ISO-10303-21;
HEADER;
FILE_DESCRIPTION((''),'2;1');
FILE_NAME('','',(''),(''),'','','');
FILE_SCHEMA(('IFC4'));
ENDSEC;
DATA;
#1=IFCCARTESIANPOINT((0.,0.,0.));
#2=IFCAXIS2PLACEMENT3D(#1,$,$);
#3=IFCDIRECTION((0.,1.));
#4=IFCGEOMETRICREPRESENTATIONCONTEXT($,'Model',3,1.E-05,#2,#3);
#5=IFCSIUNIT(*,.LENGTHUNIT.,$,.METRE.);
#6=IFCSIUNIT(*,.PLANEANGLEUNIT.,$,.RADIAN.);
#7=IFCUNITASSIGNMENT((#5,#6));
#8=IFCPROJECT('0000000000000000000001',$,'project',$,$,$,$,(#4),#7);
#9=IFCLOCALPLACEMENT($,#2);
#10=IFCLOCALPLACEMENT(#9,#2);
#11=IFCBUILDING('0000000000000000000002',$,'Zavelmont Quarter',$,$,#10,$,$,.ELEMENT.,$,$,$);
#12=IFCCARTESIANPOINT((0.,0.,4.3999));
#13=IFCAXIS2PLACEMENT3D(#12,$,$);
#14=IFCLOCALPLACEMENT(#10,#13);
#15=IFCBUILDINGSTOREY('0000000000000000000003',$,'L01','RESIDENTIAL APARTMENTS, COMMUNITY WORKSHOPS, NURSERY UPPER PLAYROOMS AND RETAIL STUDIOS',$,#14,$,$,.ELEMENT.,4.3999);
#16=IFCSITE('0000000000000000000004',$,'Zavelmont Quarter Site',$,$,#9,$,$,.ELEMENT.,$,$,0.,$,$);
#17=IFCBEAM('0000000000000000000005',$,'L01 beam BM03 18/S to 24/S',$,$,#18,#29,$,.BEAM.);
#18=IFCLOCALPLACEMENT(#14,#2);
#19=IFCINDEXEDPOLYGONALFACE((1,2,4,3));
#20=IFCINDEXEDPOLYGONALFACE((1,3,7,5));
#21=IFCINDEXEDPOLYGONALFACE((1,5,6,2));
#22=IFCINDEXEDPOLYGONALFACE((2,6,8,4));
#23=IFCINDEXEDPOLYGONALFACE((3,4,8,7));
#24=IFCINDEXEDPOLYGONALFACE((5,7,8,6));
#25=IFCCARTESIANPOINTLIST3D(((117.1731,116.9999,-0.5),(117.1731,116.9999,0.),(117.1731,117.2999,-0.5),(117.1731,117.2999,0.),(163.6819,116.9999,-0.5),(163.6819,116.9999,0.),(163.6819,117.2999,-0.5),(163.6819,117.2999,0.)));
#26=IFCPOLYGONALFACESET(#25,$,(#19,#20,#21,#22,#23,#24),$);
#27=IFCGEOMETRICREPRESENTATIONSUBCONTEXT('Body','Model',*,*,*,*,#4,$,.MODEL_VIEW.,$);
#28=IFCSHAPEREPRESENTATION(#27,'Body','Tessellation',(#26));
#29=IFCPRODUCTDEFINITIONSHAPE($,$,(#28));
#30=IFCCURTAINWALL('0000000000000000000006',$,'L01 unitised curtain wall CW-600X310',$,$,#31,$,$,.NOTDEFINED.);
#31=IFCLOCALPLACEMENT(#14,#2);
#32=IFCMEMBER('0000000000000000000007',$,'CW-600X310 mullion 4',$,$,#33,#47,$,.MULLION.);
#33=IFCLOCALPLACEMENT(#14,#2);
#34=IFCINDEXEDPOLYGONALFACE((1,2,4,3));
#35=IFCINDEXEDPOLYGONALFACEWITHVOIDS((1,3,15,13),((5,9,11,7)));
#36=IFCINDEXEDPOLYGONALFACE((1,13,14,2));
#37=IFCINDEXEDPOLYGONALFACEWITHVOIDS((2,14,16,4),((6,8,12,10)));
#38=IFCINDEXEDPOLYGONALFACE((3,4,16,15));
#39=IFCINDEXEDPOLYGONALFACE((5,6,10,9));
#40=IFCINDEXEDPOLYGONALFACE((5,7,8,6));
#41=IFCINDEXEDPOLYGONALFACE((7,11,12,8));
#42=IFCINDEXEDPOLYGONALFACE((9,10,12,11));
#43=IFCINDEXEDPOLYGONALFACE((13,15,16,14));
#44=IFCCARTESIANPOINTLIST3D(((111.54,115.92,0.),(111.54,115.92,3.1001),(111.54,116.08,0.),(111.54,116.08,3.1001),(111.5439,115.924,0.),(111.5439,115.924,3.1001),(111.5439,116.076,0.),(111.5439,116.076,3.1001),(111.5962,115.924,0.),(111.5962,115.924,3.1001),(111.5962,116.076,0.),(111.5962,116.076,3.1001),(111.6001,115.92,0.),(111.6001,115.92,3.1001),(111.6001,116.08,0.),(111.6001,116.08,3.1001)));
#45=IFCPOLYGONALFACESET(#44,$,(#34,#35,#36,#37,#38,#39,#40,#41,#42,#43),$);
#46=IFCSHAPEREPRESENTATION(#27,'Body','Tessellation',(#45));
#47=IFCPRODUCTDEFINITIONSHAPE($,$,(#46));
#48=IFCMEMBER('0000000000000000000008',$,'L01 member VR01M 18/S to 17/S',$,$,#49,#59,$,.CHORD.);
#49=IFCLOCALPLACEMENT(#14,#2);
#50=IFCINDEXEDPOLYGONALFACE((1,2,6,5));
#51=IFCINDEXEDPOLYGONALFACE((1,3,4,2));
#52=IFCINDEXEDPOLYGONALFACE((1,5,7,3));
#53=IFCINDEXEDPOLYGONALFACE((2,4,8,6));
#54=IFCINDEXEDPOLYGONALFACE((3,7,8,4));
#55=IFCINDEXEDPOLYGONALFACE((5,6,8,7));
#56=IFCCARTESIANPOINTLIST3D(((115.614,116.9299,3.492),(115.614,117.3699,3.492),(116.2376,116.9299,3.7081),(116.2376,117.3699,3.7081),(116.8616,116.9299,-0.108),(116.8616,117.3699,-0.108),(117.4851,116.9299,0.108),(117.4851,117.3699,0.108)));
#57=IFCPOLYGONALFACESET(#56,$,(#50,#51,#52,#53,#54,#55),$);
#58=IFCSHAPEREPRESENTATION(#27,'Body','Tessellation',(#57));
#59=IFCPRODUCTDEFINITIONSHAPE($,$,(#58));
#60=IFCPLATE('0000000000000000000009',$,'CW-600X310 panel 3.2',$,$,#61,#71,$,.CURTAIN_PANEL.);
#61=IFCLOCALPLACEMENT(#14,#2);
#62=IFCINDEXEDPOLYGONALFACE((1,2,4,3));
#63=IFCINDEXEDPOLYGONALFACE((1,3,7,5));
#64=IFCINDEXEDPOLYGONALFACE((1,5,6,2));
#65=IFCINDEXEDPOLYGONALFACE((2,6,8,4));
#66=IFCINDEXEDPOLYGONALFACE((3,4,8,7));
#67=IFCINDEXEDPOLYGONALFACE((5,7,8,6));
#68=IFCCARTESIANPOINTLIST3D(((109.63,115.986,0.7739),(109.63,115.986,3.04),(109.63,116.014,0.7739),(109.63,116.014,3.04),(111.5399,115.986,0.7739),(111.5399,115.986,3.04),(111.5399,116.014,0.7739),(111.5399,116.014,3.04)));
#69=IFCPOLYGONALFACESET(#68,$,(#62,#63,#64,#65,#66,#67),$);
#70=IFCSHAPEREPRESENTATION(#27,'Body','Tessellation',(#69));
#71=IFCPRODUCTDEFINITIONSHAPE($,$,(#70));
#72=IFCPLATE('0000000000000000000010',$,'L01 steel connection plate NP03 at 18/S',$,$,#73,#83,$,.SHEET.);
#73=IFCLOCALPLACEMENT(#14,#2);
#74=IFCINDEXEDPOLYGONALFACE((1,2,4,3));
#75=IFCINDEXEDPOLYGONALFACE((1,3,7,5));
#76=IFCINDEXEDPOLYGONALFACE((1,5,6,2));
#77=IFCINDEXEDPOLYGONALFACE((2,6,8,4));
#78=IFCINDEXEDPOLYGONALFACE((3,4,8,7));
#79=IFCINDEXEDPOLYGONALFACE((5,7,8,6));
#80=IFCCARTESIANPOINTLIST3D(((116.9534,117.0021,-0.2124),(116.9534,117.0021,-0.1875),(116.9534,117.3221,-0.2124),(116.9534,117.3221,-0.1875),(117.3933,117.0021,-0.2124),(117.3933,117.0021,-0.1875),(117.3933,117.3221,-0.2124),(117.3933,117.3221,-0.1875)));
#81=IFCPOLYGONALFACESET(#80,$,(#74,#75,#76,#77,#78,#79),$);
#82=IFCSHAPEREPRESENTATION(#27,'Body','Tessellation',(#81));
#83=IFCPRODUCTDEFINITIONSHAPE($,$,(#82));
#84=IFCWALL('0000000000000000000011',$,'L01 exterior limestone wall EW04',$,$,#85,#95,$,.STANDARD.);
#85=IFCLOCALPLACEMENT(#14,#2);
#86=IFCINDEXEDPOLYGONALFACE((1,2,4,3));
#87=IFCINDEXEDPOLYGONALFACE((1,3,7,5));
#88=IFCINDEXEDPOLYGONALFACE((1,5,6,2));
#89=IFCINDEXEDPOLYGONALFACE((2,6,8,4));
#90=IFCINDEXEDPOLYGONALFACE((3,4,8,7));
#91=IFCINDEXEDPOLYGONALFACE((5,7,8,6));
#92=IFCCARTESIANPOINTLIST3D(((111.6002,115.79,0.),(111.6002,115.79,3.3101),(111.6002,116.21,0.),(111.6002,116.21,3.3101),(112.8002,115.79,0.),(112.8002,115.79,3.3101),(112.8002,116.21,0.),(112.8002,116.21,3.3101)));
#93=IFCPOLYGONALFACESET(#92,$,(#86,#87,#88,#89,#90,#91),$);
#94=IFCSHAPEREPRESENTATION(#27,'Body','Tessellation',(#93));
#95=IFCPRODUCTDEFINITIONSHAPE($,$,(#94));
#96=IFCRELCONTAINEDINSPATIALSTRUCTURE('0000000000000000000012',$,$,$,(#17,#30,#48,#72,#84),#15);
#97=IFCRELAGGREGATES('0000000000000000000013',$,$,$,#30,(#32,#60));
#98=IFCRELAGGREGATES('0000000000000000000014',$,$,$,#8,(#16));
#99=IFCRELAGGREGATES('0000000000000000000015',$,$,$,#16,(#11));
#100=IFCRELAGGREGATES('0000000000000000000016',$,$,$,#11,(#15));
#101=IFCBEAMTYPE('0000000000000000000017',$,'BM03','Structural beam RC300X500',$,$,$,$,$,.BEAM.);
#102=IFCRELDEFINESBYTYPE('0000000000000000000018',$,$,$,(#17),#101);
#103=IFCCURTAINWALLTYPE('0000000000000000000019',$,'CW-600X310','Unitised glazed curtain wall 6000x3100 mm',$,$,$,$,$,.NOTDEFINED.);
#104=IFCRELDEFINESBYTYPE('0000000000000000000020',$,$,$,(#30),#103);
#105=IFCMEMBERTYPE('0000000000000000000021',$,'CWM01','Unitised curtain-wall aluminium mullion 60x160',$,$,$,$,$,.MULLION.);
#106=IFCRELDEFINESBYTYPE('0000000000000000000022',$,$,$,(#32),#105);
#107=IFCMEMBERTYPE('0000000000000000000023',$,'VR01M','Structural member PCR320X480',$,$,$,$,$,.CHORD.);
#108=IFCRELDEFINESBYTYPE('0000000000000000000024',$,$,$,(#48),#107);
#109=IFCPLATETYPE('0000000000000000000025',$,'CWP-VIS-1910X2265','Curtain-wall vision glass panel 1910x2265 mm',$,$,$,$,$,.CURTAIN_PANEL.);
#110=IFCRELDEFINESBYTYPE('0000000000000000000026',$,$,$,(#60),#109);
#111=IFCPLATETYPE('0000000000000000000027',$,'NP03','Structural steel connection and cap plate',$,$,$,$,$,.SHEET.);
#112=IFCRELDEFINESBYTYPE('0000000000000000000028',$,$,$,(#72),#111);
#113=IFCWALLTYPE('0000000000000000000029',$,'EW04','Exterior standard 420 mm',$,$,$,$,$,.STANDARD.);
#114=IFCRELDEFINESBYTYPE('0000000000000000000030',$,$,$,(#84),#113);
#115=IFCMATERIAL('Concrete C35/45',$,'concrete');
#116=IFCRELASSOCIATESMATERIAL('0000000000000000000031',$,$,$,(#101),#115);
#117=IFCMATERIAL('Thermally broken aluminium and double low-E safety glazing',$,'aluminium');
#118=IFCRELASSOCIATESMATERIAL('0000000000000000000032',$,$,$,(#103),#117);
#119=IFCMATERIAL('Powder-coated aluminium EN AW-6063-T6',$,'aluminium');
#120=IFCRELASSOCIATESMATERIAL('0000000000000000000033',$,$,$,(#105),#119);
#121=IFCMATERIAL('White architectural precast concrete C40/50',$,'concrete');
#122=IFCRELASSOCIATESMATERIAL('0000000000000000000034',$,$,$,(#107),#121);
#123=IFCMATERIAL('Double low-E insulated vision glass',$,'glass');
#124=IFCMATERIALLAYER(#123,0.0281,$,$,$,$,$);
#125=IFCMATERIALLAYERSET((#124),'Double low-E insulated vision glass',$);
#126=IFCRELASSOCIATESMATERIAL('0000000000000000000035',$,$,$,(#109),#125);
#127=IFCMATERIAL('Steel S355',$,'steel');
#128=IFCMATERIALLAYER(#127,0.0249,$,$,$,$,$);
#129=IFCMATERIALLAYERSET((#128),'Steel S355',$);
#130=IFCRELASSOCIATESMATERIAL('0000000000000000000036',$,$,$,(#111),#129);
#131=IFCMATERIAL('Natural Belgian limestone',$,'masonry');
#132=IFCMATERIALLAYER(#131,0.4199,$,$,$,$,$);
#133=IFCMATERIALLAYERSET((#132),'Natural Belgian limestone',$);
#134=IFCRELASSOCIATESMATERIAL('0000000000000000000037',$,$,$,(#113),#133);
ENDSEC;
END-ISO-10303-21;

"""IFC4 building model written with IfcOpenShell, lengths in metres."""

from ifc_helpers import new_model, si_unit, direction, frame, frame_2d, origin, origin_2d, place, context, subcontext, project, spatial, rectangle, hollow_rectangle, extrude, material, layer, layer_set, material_profile, profile_set, type_object, element, aggregate, save


model = new_model("IFC4")

# Units and contexts
model_context = context("Model", 3, precision=1e-05, world=origin(), true_north=direction((0.0, 1.0)))
body_context = subcontext(model_context, "Body", "Model", "MODEL_VIEW")
ifc_project = project(units=[si_unit("LENGTHUNIT", "METRE"), si_unit("PLANEANGLEUNIT", "RADIAN")], contexts=[model_context])

# Site, building, storey
site_placement = place(None, origin())
site = spatial("IfcSite", under=ifc_project, at=site_placement, Name="Zavelmont Quarter Site", CompositionType="ELEMENT", RefElevation=0.0)
building_placement = place(site_placement, origin())
building = spatial("IfcBuilding", under=site, at=building_placement, Name="Zavelmont Quarter", CompositionType="ELEMENT")
storey_placement = place(building_placement, frame((0.0, 0.0, 4.3999)))
storey = spatial("IfcBuildingStorey", under=building, at=storey_placement, Name="L01", Description="RESIDENTIAL APARTMENTS, COMMUNITY WORKSHOPS, NURSERY UPPER PLAYROOMS AND RETAIL STUDIOS", CompositionType="ELEMENT", Elevation=4.3999)

# Beam
ifc_material_1 = material(Name="Concrete C35/45", Category="concrete")
ifc_material_profile_1 = material_profile(ifc_material_1, rectangle(XDim=0.3, YDim=0.5, at=origin_2d()), Name="RC300X500")
ifc_profile_set_1 = profile_set([ifc_material_profile_1], Name="Concrete C35/45")
beam_type = type_object("IfcBeamType", Name="BM03", Description="Structural beam RC300X500", PredefinedType="BEAM", material=ifc_profile_set_1)
beam_placement = place(storey_placement, frame((117.1731, 117.1499, -0.25), z_axis=(1.0, 0.0, 0.0), x_axis=(0.0, 1.0, 0.0)))
element("IfcBeam", 1, at=beam_placement, inside=storey, type_object=beam_type, Name="L01 beam BM03 18/S to 24/S", PredefinedType="BEAM", context=body_context, shape_type="SweptSolid", body=[
    extrude(rectangle(XDim=0.3, YDim=0.5, at=origin_2d()), origin(), (0.0, 0.0, 1.0), 46.5088),
])

# Curtain wall, member
ifc_material_2 = material(Name="Thermally broken aluminium and double low-E safety glazing", Category="aluminium")
curtain_wall_type = type_object("IfcCurtainWallType", Name="CW-600X310", Description="Unitised glazed curtain wall 6000x3100 mm", PredefinedType="NOTDEFINED", material=ifc_material_2)
curtain_wall_placement = place(storey_placement, origin())
curtain_wall = element("IfcCurtainWall", 2, at=curtain_wall_placement, inside=storey, type_object=curtain_wall_type, Name="L01 unitised curtain wall CW-600X310", PredefinedType="NOTDEFINED")
ifc_material_3 = material(Name="Powder-coated aluminium EN AW-6063-T6", Category="aluminium")
ifc_material_profile_2 = material_profile(ifc_material_3, hollow_rectangle(XDim=0.0601, YDim=0.1599, WallThickness=0.0039, at=origin_2d()), Name="CWM60X160")
ifc_profile_set_2 = profile_set([ifc_material_profile_2], Name="Powder-coated aluminium EN AW-6063-T6")
member_type_1 = type_object("IfcMemberType", Name="CWM01", Description="Unitised curtain-wall aluminium mullion 60x160", PredefinedType="MULLION", material=ifc_profile_set_2)
member_1_placement = place(storey_placement, frame((111.5701, 116.0, 0.0), z_axis=(0.0, 0.0, 1.0), x_axis=(1.0, 0.0, 0.0)))
member_1 = element("IfcMember", 3, at=member_1_placement, type_object=member_type_1, Name="CW-600X310 mullion 4", PredefinedType="MULLION", context=body_context, shape_type="SweptSolid", body=[
    extrude(hollow_rectangle(XDim=0.0601, YDim=0.1599, WallThickness=0.0039, at=origin_2d()), origin(), (0.0, 0.0, 1.0), 3.1001),
])

# Member
ifc_material_4 = material(Name="White architectural precast concrete C40/50", Category="concrete")
ifc_material_profile_3 = material_profile(ifc_material_4, rectangle(XDim=0.4399, YDim=0.6599, at=origin_2d()), Name="PCR320X480")
ifc_profile_set_3 = profile_set([ifc_material_profile_3], Name="White architectural precast concrete C40/50")
member_type_2 = type_object("IfcMemberType", Name="VR01M", Description="Structural member PCR320X480", PredefinedType="CHORD", material=ifc_profile_set_3)
member_2_placement = place(storey_placement, frame((117.1733, 117.1499, 0.0), z_axis=(-0.327432, 0.0, 0.944875), x_axis=(0.0, -1.0, 0.0)))
element("IfcMember", 4, at=member_2_placement, inside=storey, type_object=member_type_2, Name="L01 member VR01M 18/S to 17/S", PredefinedType="CHORD", context=body_context, shape_type="SweptSolid", body=[
    extrude(rectangle(XDim=0.4399, YDim=0.6599, at=origin_2d()), origin(), (0.0, 0.0, 1.0), 3.8101),
])

# Plates
ifc_material_5 = material(Name="Double low-E insulated vision glass", Category="glass")
ifc_layer_1 = layer(ifc_material_5, 0.0281)
ifc_layer_set_1 = layer_set([ifc_layer_1], Name="Double low-E insulated vision glass")
plate_type_1 = type_object("IfcPlateType", Name="CWP-VIS-1910X2265", Description="Curtain-wall vision glass panel 1910x2265 mm", PredefinedType="CURTAIN_PANEL", material=ifc_layer_set_1)
plate_1_placement = place(storey_placement, frame((110.585, 116.0, 0.7739), z_axis=(0.0, 0.0, 1.0), x_axis=(1.0, 0.0, 0.0)))
plate_1 = element("IfcPlate", 5, at=plate_1_placement, type_object=plate_type_1, Name="CW-600X310 panel 3.2", PredefinedType="CURTAIN_PANEL", context=body_context, shape_type="SweptSolid", body=[
    extrude(rectangle(XDim=1.9099, YDim=0.0281, at=origin_2d()), origin(), (0.0, 0.0, 1.0), 2.2661),
])
aggregate(curtain_wall, [member_1, plate_1])
ifc_material_6 = material(Name="Steel S355", Category="steel")
ifc_layer_2 = layer(ifc_material_6, 0.0249)
ifc_layer_set_2 = layer_set([ifc_layer_2], Name="Steel S355")
plate_type_2 = type_object("IfcPlateType", Name="NP03", Description="Structural steel connection and cap plate", PredefinedType="SHEET", material=ifc_layer_set_2)
plate_2_placement = place(storey_placement, frame((117.1733, 117.1621, -0.2124), z_axis=(0.0, 0.0, 1.0), x_axis=(1.0, 0.0, 0.0)))
element("IfcPlate", 6, at=plate_2_placement, inside=storey, type_object=plate_type_2, Name="L01 steel connection plate NP03 at 18/S", PredefinedType="SHEET", context=body_context, shape_type="SweptSolid", body=[
    extrude(rectangle(XDim=0.4399, YDim=0.3201, at=origin_2d()), origin(), (0.0, 0.0, 1.0), 0.0249),
])

# Shared definitions
ifc_material_7 = material(Name="Natural Belgian limestone", Category="masonry")

# Wall
ifc_layer_3 = layer(ifc_material_7, 0.4199)
ifc_layer_set_3 = layer_set([ifc_layer_3], Name="Natural Belgian limestone")
wall_type_1 = type_object("IfcWallType", Name="EW04", Description="Exterior standard 420 mm", PredefinedType="STANDARD", material=ifc_layer_set_3)
wall_1_placement = place(storey_placement, frame((111.6001, 116.0, 0.0), z_axis=(0.0, 0.0, 1.0), x_axis=(1.0, 0.0, 0.0)))
element("IfcWall", 7, at=wall_1_placement, inside=storey, type_object=wall_type_1, Name="L01 exterior limestone wall EW04", PredefinedType="STANDARD", context=body_context, shape_type="SweptSolid", body=[
    extrude(rectangle(XDim=1.2, YDim=0.4199, at=frame_2d((0.6001, 0.0))), origin(), (0.0, 0.0, 1.0), 3.3101),
])

save(model, "model.ifc")
